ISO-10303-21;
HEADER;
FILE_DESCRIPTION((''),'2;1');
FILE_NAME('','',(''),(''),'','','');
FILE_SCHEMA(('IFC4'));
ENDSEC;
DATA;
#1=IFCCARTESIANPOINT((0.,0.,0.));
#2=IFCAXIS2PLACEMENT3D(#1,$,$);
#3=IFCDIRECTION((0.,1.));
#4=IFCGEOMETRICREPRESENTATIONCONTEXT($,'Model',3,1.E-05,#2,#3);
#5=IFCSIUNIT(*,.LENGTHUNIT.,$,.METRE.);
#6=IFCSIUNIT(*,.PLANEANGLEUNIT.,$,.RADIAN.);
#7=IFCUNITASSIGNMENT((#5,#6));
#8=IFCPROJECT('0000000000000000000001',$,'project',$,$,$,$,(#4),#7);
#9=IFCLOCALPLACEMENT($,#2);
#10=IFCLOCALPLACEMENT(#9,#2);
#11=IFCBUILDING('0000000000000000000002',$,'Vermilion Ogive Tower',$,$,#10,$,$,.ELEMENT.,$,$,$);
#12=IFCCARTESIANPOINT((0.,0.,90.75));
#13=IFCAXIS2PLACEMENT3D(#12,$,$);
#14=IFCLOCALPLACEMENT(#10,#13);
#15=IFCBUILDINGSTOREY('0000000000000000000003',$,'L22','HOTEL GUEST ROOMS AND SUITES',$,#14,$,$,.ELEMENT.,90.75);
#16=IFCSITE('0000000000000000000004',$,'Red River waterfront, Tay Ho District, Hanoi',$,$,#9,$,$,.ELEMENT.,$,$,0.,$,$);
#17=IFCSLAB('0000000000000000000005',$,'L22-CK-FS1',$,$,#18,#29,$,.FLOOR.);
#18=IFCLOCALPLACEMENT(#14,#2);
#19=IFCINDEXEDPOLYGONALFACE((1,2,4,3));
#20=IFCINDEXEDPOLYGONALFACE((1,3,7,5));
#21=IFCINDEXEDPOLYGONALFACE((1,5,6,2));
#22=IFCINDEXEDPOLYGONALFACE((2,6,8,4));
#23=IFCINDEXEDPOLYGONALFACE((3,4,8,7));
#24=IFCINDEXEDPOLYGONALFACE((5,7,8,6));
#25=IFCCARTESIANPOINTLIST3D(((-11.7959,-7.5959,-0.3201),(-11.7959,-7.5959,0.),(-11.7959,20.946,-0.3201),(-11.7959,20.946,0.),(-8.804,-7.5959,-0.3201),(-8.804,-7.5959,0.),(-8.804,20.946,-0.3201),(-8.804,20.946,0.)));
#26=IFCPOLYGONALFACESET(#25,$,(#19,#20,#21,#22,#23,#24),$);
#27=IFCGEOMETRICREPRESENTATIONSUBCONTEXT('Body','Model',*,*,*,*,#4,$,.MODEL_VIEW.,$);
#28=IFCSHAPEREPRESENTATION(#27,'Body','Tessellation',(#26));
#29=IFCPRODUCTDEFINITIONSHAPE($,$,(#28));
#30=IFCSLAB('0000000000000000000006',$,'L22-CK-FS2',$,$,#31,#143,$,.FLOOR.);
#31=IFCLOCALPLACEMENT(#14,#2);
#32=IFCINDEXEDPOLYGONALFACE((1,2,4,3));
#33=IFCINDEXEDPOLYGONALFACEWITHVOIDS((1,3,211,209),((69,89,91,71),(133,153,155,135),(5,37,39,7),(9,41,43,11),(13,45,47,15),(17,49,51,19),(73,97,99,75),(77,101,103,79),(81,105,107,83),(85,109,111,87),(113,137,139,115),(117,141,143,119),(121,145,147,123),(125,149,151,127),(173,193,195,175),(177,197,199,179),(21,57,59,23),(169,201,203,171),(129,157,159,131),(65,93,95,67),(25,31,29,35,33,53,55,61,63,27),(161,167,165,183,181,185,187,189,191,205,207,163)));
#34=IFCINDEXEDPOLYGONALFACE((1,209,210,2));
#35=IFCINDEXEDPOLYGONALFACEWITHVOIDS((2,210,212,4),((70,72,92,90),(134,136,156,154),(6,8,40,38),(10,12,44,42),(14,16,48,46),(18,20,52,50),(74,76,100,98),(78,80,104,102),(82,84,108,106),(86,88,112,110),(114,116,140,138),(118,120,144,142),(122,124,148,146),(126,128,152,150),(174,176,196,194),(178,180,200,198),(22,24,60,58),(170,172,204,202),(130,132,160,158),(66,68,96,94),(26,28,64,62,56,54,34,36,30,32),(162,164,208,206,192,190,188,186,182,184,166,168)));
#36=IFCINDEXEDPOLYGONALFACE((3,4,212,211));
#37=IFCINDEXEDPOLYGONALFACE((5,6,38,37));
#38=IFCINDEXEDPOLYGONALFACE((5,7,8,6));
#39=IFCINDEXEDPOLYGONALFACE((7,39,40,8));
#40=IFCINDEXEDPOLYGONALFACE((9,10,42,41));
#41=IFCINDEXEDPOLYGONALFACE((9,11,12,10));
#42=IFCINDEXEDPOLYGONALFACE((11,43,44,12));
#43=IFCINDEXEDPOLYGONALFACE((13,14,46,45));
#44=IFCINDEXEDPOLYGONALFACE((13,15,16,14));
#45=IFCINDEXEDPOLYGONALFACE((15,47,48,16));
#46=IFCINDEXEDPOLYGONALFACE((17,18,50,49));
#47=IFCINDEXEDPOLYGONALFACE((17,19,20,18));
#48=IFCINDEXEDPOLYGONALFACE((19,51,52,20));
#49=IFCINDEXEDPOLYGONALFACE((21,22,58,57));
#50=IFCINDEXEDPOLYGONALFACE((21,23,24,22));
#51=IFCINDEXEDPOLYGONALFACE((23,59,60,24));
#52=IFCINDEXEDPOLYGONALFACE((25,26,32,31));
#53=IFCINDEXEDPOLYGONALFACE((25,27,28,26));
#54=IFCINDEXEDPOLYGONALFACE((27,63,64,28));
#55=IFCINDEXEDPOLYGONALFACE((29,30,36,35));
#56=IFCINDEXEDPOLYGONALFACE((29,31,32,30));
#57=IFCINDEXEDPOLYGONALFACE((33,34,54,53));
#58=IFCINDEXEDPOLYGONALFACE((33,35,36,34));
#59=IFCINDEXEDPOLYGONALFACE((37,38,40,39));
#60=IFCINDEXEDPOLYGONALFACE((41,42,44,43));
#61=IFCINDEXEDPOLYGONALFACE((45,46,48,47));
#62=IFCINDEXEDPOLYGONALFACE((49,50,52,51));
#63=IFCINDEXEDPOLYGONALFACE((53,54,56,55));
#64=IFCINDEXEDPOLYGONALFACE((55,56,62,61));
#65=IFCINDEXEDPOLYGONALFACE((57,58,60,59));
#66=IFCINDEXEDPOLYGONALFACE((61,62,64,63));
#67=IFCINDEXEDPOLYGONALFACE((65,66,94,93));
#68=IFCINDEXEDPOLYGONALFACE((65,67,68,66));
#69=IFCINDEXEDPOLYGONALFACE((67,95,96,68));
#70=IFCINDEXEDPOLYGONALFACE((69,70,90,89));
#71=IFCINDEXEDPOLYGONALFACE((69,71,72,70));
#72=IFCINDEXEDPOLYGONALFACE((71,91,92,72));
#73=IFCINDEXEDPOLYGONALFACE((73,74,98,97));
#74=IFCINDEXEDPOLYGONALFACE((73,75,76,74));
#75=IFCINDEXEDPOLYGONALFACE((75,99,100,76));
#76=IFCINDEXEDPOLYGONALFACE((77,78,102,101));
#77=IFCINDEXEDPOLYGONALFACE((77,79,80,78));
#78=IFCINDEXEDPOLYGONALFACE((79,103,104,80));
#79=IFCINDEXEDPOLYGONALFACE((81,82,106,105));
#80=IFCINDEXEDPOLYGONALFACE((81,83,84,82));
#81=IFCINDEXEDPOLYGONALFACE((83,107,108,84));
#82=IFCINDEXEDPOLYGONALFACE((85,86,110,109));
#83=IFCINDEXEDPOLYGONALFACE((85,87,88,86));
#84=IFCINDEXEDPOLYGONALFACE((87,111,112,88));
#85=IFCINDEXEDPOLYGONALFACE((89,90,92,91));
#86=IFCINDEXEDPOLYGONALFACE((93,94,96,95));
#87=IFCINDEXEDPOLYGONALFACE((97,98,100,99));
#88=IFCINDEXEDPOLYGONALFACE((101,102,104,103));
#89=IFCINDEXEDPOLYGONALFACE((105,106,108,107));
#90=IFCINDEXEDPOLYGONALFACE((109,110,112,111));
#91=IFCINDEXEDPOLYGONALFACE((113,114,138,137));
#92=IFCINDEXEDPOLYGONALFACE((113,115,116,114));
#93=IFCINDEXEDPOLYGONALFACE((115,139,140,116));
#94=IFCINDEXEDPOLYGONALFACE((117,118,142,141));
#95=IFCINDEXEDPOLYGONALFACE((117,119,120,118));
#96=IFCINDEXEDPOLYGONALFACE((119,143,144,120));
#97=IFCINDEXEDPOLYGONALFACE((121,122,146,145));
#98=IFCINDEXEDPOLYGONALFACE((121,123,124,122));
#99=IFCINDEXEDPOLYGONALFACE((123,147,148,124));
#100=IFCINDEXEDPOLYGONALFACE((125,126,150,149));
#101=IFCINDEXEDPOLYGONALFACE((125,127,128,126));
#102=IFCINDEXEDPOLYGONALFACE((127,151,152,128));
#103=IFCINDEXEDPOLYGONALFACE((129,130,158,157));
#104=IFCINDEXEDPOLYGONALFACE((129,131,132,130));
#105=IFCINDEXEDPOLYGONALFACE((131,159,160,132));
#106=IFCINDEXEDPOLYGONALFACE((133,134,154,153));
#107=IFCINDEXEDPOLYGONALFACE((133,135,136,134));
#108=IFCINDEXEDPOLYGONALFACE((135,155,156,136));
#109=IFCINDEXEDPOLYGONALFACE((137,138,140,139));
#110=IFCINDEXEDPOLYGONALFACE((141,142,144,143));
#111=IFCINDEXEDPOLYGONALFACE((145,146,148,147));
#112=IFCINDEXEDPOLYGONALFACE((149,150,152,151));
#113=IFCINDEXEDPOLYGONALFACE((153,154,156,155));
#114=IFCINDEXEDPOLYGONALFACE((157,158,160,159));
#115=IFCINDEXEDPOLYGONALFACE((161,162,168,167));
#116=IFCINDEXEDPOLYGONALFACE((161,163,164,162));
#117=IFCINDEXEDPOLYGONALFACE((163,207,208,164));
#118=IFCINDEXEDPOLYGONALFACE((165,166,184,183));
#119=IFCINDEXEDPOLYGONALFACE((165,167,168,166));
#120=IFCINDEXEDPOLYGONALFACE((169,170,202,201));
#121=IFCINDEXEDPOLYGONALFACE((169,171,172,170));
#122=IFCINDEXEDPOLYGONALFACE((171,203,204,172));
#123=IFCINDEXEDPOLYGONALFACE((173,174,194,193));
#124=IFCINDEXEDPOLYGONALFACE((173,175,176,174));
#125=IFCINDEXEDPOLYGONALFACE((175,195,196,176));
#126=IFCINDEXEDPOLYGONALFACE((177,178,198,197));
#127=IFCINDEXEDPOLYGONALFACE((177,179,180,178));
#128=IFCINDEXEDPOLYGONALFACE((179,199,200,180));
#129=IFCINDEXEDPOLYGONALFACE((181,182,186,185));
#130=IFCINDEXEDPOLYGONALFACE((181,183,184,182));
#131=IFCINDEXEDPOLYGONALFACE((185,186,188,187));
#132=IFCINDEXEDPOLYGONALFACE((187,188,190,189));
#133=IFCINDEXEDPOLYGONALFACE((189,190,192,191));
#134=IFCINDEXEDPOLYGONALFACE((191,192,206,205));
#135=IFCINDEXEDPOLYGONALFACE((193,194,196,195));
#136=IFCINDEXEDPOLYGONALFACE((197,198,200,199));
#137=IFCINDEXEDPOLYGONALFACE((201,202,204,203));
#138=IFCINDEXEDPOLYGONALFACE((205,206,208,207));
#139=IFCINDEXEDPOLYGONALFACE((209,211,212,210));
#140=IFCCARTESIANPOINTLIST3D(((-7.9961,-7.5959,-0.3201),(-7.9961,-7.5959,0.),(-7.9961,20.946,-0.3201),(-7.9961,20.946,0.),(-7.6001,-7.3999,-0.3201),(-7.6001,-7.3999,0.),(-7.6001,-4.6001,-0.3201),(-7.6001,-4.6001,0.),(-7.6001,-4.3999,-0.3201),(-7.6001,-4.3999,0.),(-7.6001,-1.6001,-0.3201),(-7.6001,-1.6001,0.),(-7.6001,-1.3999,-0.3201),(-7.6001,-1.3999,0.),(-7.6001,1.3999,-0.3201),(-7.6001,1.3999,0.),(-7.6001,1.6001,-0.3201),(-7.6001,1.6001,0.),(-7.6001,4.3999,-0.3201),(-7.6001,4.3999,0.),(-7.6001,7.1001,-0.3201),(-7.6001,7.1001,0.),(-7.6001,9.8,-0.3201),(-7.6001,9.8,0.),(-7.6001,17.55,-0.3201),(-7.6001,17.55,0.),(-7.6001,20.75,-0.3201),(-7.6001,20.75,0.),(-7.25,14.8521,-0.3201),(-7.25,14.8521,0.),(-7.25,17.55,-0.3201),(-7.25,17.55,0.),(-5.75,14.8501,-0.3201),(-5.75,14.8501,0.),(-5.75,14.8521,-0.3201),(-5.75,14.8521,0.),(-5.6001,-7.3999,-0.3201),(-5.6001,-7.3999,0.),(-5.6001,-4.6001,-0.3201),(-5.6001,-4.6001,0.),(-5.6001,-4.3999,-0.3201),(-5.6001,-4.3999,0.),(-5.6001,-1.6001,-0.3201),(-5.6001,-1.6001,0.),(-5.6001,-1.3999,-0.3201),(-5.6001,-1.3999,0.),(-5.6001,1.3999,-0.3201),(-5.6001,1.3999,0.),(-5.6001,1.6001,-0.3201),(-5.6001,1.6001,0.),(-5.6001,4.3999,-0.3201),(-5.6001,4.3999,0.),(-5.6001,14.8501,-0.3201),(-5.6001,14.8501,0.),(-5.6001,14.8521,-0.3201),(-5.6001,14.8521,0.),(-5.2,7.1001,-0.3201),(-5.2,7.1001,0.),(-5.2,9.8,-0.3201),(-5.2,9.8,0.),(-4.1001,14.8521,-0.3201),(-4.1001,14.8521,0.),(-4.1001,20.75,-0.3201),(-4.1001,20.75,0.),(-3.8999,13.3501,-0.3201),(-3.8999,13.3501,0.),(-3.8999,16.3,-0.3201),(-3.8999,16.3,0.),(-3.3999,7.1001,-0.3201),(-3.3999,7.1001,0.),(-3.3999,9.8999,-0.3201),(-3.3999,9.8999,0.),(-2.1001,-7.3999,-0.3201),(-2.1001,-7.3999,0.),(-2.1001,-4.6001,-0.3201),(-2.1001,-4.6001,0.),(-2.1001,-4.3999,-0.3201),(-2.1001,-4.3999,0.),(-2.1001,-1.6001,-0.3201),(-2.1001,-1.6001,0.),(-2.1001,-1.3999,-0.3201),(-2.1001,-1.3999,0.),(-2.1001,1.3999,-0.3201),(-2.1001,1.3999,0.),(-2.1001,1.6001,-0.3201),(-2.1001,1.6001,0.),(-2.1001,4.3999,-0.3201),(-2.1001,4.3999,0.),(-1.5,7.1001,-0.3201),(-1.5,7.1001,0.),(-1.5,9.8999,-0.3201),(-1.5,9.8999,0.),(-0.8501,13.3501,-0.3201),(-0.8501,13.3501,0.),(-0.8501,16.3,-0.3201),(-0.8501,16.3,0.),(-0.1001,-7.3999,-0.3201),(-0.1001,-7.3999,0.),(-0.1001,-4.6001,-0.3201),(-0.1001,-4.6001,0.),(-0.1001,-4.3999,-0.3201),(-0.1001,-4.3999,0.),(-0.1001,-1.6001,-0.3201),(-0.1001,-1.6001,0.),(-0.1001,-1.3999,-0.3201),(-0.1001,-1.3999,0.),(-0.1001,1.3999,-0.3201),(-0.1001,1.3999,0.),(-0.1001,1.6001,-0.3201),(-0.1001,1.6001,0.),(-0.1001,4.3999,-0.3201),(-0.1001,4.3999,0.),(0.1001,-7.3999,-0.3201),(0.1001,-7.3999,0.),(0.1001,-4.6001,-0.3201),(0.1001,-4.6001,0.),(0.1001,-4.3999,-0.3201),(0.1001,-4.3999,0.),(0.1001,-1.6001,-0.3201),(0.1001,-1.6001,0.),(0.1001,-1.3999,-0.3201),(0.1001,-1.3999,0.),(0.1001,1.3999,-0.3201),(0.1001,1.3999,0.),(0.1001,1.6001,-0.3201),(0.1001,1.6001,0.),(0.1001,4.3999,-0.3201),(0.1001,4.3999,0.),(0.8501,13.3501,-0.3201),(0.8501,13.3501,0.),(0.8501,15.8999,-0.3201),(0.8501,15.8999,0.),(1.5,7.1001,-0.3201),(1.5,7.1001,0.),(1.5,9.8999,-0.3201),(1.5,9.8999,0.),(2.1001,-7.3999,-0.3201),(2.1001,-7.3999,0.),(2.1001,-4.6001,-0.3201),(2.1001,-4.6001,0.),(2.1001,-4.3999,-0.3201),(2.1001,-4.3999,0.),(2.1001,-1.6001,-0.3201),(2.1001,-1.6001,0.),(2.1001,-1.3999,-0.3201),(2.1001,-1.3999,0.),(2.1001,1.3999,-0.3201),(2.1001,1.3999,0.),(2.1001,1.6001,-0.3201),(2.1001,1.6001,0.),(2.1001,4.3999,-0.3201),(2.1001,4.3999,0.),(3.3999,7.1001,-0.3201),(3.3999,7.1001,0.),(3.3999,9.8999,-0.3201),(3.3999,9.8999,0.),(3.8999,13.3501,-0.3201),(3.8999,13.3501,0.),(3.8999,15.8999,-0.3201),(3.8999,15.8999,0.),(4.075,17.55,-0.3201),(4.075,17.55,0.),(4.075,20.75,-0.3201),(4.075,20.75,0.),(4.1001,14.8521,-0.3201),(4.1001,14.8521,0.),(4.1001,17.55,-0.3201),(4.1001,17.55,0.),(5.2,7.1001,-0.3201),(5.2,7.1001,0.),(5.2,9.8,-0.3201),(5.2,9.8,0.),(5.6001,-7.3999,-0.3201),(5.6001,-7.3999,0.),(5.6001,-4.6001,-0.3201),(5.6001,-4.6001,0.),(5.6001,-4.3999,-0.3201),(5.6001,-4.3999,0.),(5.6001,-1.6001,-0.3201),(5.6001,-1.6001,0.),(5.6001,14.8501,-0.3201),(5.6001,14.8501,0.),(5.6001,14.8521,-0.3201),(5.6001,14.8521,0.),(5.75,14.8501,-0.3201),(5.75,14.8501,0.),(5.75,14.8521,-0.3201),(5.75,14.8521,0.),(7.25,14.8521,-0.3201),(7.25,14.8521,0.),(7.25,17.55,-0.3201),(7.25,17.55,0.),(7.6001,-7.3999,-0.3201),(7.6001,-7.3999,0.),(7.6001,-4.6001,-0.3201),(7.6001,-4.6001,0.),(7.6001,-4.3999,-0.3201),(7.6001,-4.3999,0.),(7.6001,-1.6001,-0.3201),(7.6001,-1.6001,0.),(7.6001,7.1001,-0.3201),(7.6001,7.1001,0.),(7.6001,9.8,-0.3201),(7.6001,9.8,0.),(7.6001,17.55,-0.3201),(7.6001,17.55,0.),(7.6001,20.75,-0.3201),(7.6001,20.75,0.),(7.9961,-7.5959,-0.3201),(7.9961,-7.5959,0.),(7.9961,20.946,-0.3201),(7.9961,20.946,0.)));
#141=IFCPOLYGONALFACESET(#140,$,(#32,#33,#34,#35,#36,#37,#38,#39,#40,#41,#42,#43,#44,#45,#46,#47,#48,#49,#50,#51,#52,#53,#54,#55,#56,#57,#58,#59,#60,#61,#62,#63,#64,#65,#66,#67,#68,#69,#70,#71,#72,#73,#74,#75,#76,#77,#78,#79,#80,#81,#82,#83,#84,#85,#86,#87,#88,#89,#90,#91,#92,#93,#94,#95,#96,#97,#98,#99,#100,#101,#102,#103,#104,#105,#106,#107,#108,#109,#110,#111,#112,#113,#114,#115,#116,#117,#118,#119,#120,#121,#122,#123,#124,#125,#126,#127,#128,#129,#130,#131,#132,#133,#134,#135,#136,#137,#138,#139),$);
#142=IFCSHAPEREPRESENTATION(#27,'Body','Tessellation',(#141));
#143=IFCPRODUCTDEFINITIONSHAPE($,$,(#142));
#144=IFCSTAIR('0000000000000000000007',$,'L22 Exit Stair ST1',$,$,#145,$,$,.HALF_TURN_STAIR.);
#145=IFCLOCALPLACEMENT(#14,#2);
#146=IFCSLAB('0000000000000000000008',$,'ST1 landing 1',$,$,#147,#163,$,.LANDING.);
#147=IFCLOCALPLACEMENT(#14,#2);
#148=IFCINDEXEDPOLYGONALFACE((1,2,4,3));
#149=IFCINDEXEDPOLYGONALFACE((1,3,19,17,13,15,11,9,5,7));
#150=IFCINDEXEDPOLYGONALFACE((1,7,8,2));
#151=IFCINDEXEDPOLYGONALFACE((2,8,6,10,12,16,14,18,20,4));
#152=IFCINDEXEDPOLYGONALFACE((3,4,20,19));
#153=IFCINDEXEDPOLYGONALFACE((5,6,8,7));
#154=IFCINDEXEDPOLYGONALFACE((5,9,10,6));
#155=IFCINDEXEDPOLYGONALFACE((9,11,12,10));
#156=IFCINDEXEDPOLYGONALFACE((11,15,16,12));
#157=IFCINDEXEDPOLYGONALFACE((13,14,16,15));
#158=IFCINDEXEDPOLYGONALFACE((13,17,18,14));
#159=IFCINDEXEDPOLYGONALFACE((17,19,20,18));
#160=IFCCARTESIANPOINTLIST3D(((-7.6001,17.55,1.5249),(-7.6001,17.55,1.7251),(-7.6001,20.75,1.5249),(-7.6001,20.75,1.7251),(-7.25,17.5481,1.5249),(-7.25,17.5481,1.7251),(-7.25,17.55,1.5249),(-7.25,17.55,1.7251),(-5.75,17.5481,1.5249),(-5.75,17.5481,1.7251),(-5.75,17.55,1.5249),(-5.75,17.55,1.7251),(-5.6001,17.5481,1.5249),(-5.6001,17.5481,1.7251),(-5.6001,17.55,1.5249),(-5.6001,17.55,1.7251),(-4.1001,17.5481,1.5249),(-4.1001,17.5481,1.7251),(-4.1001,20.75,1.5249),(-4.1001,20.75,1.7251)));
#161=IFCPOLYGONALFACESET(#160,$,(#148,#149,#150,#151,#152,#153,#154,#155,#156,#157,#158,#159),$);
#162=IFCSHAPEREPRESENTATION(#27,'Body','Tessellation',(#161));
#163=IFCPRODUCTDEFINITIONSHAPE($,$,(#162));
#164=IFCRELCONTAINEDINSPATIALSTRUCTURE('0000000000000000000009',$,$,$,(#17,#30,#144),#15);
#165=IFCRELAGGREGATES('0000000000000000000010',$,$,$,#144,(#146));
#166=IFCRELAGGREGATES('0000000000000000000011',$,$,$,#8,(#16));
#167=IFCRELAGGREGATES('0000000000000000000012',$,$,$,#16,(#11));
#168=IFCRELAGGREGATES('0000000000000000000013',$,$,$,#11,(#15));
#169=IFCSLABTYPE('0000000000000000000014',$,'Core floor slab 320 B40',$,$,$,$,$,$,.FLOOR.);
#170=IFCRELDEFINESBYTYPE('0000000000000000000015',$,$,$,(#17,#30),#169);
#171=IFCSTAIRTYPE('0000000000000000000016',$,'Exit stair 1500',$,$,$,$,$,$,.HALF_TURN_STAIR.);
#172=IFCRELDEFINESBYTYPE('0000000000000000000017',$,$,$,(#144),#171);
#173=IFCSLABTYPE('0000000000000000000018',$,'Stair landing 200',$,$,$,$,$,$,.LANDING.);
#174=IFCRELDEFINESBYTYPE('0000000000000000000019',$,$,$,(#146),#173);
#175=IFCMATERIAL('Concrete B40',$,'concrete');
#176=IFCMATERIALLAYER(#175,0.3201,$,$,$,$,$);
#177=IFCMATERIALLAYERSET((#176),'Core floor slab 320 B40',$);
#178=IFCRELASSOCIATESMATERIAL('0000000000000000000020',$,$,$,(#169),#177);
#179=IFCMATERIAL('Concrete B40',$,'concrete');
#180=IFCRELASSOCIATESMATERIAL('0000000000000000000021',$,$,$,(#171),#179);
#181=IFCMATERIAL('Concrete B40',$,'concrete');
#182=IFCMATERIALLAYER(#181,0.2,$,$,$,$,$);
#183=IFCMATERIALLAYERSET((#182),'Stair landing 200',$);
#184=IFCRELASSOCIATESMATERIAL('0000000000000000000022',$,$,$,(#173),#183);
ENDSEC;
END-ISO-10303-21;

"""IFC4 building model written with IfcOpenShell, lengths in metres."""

from ifc_helpers import new_model, si_unit, direction, frame, origin, place, context, subcontext, project, spatial, polyline, outline, extrude, material, layer, layer_set, type_object, element, aggregate, save


model = new_model("IFC4")

# Units and contexts
model_context = context("Model", 3, precision=1e-05, world=origin(), true_north=direction((0.0, 1.0)))
body_context = subcontext(model_context, "Body", "Model", "MODEL_VIEW")
ifc_project = project(units=[si_unit("LENGTHUNIT", "METRE"), si_unit("PLANEANGLEUNIT", "RADIAN")], contexts=[model_context])

# Site, building, storey
site_placement = place(None, origin())
site = spatial("IfcSite", under=ifc_project, at=site_placement, Name="Red River waterfront, Tay Ho District, Hanoi", CompositionType="ELEMENT", RefElevation=0.0)
building_placement = place(site_placement, origin())
building = spatial("IfcBuilding", under=site, at=building_placement, Name="Vermilion Ogive Tower", CompositionType="ELEMENT")
storey_placement = place(building_placement, frame((0.0, 0.0, 90.75)))
storey = spatial("IfcBuildingStorey", under=building, at=storey_placement, Name="L22", Description="HOTEL GUEST ROOMS AND SUITES", CompositionType="ELEMENT", Elevation=90.75)

# Slabs
ifc_material_1 = material(Name="Concrete B40", Category="concrete")
ifc_layer_1 = layer(ifc_material_1, 0.3201)
ifc_layer_set_1 = layer_set([ifc_layer_1], Name="Core floor slab 320 B40")
slab_type_1 = type_object("IfcSlabType", Name="Core floor slab 320 B40", PredefinedType="FLOOR", material=ifc_layer_set_1)
slab_1_placement = place(storey_placement, frame((0.0, 0.0, -0.3201)))
element("IfcSlab", 1, at=slab_1_placement, inside=storey, type_object=slab_type_1, Name="L22-CK-FS1", PredefinedType="FLOOR", context=body_context, shape_type="SweptSolid", body=[
    extrude(outline(polyline([(-8.804, 20.946), (-8.804, -7.5959), (-11.7959, -7.5959), (-11.7959, 20.946), (-8.804, 20.946)])), origin(), (0.0, 0.0, 1.0), 0.3201),
])
slab_2_placement = place(storey_placement, frame((0.0, 0.0, -0.3201)))
element("IfcSlab", 2, at=slab_2_placement, inside=storey, type_object=slab_type_1, Name="L22-CK-FS2", PredefinedType="FLOOR", context=body_context, shape_type="SweptSolid", body=[
    extrude(outline(polyline([(-7.9961, 20.946), (-7.9961, -7.5959), (7.9961, -7.5959), (7.9961, 20.946), (-7.9961, 20.946)]), holes=[polyline([(-7.6001, -4.6001), (-5.6001, -4.6001), (-5.6001, -7.3999), (-7.6001, -7.3999), (-7.6001, -4.6001)]), polyline([(-2.1001, -4.6001), (-0.1001, -4.6001), (-0.1001, -7.3999), (-2.1001, -7.3999), (-2.1001, -4.6001)]), polyline([(-7.6001, -4.3999), (-7.6001, -1.6001), (-5.6001, -1.6001), (-5.6001, -4.3999), (-7.6001, -4.3999)]), polyline([(-2.1001, -1.6001), (-0.1001, -1.6001), (-0.1001, -4.3999), (-2.1001, -4.3999), (-2.1001, -1.6001)]), polyline([(-7.6001, -1.3999), (-7.6001, 1.3999), (-5.6001, 1.3999), (-5.6001, -1.3999), (-7.6001, -1.3999)]), polyline([(-2.1001, 1.3999), (-0.1001, 1.3999), (-0.1001, -1.3999), (-2.1001, -1.3999), (-2.1001, 1.3999)]), polyline([(-7.6001, 4.3999), (-5.6001, 4.3999), (-5.6001, 1.6001), (-7.6001, 1.6001), (-7.6001, 4.3999)]), polyline([(-2.1001, 4.3999), (-0.1001, 4.3999), (-0.1001, 1.6001), (-2.1001, 1.6001), (-2.1001, 4.3999)]), polyline([(-7.6001, 9.8), (-5.2, 9.8), (-5.2, 7.1001), (-7.6001, 7.1001), (-7.6001, 9.8)]), polyline([(-3.3999, 9.8999), (-1.5, 9.8999), (-1.5, 7.1001), (-3.3999, 7.1001), (-3.3999, 9.8999)]), polyline([(-3.8999, 16.3), (-0.8501, 16.3), (-0.8501, 13.3501), (-3.8999, 13.3501), (-3.8999, 16.3)]), polyline([(-7.6001, 17.55), (-7.6001, 20.75), (-4.1001, 20.75), (-4.1001, 14.8521), (-5.6001, 14.8521), (-5.6001, 14.8501), (-5.75, 14.8501), (-5.75, 14.8521), (-7.25, 14.8521), (-7.25, 17.55), (-7.6001, 17.55)]), polyline([(0.1001, -4.6001), (2.1001, -4.6001), (2.1001, -7.3999), (0.1001, -7.3999), (0.1001, -4.6001)]), polyline([(5.6001, -4.6001), (7.6001, -4.6001), (7.6001, -7.3999), (5.6001, -7.3999), (5.6001, -4.6001)]), polyline([(0.1001, -1.6001), (2.1001, -1.6001), (2.1001, -4.3999), (0.1001, -4.3999), (0.1001, -1.6001)]), polyline([(5.6001, -1.6001), (7.6001, -1.6001), (7.6001, -4.3999), (5.6001, -4.3999), (5.6001, -1.6001)]), polyline([(0.1001, 1.3999), (2.1001, 1.3999), (2.1001, -1.3999), (0.1001, -1.3999), (0.1001, 1.3999)]), polyline([(0.1001, 4.3999), (2.1001, 4.3999), (2.1001, 1.6001), (0.1001, 1.6001), (0.1001, 4.3999)]), polyline([(5.2, 9.8), (7.6001, 9.8), (7.6001, 7.1001), (5.2, 7.1001), (5.2, 9.8)]), polyline([(1.5, 9.8999), (3.3999, 9.8999), (3.3999, 7.1001), (1.5, 7.1001), (1.5, 9.8999)]), polyline([(0.8501, 15.8999), (3.8999, 15.8999), (3.8999, 13.3501), (0.8501, 13.3501), (0.8501, 15.8999)]), polyline([(5.75, 14.8501), (5.6001, 14.8501), (5.6001, 14.8521), (4.1001, 14.8521), (4.1001, 17.55), (4.075, 17.55), (4.075, 20.75), (7.6001, 20.75), (7.6001, 17.55), (7.25, 17.55), (7.25, 14.8521), (5.75, 14.8521), (5.75, 14.8501)])]), origin(), (0.0, 0.0, 1.0), 0.3201),
])

# Stair, slab
ifc_material_2 = material(Name="Concrete B40", Category="concrete")
stair_type = type_object("IfcStairType", Name="Exit stair 1500", PredefinedType="HALF_TURN_STAIR", material=ifc_material_2)
stair_1_placement = place(storey_placement, origin())
stair_1 = element("IfcStair", 3, at=stair_1_placement, inside=storey, type_object=stair_type, Name="L22 Exit Stair ST1", PredefinedType="HALF_TURN_STAIR")
ifc_material_3 = material(Name="Concrete B40", Category="concrete")
ifc_layer_2 = layer(ifc_material_3, 0.2)
ifc_layer_set_2 = layer_set([ifc_layer_2], Name="Stair landing 200")
slab_type_2 = type_object("IfcSlabType", Name="Stair landing 200", PredefinedType="LANDING", material=ifc_layer_set_2)
slab_3_placement = place(storey_placement, frame((0.0, 0.0, 1.5249)))
slab_3 = element("IfcSlab", 4, at=slab_3_placement, type_object=slab_type_2, Name="ST1 landing 1", PredefinedType="LANDING", context=body_context, shape_type="SweptSolid", body=[
    extrude(outline(polyline([(-7.6001, 17.55), (-7.25, 17.55), (-7.25, 17.5481), (-5.75, 17.5481), (-5.75, 17.55), (-5.6001, 17.55), (-5.6001, 17.5481), (-4.1001, 17.5481), (-4.1001, 20.75), (-7.6001, 20.75), (-7.6001, 17.55)])), origin(), (0.0, 0.0, 1.0), 0.2002),
])
aggregate(stair_1, [slab_3])

save(model, "model.ifc")
